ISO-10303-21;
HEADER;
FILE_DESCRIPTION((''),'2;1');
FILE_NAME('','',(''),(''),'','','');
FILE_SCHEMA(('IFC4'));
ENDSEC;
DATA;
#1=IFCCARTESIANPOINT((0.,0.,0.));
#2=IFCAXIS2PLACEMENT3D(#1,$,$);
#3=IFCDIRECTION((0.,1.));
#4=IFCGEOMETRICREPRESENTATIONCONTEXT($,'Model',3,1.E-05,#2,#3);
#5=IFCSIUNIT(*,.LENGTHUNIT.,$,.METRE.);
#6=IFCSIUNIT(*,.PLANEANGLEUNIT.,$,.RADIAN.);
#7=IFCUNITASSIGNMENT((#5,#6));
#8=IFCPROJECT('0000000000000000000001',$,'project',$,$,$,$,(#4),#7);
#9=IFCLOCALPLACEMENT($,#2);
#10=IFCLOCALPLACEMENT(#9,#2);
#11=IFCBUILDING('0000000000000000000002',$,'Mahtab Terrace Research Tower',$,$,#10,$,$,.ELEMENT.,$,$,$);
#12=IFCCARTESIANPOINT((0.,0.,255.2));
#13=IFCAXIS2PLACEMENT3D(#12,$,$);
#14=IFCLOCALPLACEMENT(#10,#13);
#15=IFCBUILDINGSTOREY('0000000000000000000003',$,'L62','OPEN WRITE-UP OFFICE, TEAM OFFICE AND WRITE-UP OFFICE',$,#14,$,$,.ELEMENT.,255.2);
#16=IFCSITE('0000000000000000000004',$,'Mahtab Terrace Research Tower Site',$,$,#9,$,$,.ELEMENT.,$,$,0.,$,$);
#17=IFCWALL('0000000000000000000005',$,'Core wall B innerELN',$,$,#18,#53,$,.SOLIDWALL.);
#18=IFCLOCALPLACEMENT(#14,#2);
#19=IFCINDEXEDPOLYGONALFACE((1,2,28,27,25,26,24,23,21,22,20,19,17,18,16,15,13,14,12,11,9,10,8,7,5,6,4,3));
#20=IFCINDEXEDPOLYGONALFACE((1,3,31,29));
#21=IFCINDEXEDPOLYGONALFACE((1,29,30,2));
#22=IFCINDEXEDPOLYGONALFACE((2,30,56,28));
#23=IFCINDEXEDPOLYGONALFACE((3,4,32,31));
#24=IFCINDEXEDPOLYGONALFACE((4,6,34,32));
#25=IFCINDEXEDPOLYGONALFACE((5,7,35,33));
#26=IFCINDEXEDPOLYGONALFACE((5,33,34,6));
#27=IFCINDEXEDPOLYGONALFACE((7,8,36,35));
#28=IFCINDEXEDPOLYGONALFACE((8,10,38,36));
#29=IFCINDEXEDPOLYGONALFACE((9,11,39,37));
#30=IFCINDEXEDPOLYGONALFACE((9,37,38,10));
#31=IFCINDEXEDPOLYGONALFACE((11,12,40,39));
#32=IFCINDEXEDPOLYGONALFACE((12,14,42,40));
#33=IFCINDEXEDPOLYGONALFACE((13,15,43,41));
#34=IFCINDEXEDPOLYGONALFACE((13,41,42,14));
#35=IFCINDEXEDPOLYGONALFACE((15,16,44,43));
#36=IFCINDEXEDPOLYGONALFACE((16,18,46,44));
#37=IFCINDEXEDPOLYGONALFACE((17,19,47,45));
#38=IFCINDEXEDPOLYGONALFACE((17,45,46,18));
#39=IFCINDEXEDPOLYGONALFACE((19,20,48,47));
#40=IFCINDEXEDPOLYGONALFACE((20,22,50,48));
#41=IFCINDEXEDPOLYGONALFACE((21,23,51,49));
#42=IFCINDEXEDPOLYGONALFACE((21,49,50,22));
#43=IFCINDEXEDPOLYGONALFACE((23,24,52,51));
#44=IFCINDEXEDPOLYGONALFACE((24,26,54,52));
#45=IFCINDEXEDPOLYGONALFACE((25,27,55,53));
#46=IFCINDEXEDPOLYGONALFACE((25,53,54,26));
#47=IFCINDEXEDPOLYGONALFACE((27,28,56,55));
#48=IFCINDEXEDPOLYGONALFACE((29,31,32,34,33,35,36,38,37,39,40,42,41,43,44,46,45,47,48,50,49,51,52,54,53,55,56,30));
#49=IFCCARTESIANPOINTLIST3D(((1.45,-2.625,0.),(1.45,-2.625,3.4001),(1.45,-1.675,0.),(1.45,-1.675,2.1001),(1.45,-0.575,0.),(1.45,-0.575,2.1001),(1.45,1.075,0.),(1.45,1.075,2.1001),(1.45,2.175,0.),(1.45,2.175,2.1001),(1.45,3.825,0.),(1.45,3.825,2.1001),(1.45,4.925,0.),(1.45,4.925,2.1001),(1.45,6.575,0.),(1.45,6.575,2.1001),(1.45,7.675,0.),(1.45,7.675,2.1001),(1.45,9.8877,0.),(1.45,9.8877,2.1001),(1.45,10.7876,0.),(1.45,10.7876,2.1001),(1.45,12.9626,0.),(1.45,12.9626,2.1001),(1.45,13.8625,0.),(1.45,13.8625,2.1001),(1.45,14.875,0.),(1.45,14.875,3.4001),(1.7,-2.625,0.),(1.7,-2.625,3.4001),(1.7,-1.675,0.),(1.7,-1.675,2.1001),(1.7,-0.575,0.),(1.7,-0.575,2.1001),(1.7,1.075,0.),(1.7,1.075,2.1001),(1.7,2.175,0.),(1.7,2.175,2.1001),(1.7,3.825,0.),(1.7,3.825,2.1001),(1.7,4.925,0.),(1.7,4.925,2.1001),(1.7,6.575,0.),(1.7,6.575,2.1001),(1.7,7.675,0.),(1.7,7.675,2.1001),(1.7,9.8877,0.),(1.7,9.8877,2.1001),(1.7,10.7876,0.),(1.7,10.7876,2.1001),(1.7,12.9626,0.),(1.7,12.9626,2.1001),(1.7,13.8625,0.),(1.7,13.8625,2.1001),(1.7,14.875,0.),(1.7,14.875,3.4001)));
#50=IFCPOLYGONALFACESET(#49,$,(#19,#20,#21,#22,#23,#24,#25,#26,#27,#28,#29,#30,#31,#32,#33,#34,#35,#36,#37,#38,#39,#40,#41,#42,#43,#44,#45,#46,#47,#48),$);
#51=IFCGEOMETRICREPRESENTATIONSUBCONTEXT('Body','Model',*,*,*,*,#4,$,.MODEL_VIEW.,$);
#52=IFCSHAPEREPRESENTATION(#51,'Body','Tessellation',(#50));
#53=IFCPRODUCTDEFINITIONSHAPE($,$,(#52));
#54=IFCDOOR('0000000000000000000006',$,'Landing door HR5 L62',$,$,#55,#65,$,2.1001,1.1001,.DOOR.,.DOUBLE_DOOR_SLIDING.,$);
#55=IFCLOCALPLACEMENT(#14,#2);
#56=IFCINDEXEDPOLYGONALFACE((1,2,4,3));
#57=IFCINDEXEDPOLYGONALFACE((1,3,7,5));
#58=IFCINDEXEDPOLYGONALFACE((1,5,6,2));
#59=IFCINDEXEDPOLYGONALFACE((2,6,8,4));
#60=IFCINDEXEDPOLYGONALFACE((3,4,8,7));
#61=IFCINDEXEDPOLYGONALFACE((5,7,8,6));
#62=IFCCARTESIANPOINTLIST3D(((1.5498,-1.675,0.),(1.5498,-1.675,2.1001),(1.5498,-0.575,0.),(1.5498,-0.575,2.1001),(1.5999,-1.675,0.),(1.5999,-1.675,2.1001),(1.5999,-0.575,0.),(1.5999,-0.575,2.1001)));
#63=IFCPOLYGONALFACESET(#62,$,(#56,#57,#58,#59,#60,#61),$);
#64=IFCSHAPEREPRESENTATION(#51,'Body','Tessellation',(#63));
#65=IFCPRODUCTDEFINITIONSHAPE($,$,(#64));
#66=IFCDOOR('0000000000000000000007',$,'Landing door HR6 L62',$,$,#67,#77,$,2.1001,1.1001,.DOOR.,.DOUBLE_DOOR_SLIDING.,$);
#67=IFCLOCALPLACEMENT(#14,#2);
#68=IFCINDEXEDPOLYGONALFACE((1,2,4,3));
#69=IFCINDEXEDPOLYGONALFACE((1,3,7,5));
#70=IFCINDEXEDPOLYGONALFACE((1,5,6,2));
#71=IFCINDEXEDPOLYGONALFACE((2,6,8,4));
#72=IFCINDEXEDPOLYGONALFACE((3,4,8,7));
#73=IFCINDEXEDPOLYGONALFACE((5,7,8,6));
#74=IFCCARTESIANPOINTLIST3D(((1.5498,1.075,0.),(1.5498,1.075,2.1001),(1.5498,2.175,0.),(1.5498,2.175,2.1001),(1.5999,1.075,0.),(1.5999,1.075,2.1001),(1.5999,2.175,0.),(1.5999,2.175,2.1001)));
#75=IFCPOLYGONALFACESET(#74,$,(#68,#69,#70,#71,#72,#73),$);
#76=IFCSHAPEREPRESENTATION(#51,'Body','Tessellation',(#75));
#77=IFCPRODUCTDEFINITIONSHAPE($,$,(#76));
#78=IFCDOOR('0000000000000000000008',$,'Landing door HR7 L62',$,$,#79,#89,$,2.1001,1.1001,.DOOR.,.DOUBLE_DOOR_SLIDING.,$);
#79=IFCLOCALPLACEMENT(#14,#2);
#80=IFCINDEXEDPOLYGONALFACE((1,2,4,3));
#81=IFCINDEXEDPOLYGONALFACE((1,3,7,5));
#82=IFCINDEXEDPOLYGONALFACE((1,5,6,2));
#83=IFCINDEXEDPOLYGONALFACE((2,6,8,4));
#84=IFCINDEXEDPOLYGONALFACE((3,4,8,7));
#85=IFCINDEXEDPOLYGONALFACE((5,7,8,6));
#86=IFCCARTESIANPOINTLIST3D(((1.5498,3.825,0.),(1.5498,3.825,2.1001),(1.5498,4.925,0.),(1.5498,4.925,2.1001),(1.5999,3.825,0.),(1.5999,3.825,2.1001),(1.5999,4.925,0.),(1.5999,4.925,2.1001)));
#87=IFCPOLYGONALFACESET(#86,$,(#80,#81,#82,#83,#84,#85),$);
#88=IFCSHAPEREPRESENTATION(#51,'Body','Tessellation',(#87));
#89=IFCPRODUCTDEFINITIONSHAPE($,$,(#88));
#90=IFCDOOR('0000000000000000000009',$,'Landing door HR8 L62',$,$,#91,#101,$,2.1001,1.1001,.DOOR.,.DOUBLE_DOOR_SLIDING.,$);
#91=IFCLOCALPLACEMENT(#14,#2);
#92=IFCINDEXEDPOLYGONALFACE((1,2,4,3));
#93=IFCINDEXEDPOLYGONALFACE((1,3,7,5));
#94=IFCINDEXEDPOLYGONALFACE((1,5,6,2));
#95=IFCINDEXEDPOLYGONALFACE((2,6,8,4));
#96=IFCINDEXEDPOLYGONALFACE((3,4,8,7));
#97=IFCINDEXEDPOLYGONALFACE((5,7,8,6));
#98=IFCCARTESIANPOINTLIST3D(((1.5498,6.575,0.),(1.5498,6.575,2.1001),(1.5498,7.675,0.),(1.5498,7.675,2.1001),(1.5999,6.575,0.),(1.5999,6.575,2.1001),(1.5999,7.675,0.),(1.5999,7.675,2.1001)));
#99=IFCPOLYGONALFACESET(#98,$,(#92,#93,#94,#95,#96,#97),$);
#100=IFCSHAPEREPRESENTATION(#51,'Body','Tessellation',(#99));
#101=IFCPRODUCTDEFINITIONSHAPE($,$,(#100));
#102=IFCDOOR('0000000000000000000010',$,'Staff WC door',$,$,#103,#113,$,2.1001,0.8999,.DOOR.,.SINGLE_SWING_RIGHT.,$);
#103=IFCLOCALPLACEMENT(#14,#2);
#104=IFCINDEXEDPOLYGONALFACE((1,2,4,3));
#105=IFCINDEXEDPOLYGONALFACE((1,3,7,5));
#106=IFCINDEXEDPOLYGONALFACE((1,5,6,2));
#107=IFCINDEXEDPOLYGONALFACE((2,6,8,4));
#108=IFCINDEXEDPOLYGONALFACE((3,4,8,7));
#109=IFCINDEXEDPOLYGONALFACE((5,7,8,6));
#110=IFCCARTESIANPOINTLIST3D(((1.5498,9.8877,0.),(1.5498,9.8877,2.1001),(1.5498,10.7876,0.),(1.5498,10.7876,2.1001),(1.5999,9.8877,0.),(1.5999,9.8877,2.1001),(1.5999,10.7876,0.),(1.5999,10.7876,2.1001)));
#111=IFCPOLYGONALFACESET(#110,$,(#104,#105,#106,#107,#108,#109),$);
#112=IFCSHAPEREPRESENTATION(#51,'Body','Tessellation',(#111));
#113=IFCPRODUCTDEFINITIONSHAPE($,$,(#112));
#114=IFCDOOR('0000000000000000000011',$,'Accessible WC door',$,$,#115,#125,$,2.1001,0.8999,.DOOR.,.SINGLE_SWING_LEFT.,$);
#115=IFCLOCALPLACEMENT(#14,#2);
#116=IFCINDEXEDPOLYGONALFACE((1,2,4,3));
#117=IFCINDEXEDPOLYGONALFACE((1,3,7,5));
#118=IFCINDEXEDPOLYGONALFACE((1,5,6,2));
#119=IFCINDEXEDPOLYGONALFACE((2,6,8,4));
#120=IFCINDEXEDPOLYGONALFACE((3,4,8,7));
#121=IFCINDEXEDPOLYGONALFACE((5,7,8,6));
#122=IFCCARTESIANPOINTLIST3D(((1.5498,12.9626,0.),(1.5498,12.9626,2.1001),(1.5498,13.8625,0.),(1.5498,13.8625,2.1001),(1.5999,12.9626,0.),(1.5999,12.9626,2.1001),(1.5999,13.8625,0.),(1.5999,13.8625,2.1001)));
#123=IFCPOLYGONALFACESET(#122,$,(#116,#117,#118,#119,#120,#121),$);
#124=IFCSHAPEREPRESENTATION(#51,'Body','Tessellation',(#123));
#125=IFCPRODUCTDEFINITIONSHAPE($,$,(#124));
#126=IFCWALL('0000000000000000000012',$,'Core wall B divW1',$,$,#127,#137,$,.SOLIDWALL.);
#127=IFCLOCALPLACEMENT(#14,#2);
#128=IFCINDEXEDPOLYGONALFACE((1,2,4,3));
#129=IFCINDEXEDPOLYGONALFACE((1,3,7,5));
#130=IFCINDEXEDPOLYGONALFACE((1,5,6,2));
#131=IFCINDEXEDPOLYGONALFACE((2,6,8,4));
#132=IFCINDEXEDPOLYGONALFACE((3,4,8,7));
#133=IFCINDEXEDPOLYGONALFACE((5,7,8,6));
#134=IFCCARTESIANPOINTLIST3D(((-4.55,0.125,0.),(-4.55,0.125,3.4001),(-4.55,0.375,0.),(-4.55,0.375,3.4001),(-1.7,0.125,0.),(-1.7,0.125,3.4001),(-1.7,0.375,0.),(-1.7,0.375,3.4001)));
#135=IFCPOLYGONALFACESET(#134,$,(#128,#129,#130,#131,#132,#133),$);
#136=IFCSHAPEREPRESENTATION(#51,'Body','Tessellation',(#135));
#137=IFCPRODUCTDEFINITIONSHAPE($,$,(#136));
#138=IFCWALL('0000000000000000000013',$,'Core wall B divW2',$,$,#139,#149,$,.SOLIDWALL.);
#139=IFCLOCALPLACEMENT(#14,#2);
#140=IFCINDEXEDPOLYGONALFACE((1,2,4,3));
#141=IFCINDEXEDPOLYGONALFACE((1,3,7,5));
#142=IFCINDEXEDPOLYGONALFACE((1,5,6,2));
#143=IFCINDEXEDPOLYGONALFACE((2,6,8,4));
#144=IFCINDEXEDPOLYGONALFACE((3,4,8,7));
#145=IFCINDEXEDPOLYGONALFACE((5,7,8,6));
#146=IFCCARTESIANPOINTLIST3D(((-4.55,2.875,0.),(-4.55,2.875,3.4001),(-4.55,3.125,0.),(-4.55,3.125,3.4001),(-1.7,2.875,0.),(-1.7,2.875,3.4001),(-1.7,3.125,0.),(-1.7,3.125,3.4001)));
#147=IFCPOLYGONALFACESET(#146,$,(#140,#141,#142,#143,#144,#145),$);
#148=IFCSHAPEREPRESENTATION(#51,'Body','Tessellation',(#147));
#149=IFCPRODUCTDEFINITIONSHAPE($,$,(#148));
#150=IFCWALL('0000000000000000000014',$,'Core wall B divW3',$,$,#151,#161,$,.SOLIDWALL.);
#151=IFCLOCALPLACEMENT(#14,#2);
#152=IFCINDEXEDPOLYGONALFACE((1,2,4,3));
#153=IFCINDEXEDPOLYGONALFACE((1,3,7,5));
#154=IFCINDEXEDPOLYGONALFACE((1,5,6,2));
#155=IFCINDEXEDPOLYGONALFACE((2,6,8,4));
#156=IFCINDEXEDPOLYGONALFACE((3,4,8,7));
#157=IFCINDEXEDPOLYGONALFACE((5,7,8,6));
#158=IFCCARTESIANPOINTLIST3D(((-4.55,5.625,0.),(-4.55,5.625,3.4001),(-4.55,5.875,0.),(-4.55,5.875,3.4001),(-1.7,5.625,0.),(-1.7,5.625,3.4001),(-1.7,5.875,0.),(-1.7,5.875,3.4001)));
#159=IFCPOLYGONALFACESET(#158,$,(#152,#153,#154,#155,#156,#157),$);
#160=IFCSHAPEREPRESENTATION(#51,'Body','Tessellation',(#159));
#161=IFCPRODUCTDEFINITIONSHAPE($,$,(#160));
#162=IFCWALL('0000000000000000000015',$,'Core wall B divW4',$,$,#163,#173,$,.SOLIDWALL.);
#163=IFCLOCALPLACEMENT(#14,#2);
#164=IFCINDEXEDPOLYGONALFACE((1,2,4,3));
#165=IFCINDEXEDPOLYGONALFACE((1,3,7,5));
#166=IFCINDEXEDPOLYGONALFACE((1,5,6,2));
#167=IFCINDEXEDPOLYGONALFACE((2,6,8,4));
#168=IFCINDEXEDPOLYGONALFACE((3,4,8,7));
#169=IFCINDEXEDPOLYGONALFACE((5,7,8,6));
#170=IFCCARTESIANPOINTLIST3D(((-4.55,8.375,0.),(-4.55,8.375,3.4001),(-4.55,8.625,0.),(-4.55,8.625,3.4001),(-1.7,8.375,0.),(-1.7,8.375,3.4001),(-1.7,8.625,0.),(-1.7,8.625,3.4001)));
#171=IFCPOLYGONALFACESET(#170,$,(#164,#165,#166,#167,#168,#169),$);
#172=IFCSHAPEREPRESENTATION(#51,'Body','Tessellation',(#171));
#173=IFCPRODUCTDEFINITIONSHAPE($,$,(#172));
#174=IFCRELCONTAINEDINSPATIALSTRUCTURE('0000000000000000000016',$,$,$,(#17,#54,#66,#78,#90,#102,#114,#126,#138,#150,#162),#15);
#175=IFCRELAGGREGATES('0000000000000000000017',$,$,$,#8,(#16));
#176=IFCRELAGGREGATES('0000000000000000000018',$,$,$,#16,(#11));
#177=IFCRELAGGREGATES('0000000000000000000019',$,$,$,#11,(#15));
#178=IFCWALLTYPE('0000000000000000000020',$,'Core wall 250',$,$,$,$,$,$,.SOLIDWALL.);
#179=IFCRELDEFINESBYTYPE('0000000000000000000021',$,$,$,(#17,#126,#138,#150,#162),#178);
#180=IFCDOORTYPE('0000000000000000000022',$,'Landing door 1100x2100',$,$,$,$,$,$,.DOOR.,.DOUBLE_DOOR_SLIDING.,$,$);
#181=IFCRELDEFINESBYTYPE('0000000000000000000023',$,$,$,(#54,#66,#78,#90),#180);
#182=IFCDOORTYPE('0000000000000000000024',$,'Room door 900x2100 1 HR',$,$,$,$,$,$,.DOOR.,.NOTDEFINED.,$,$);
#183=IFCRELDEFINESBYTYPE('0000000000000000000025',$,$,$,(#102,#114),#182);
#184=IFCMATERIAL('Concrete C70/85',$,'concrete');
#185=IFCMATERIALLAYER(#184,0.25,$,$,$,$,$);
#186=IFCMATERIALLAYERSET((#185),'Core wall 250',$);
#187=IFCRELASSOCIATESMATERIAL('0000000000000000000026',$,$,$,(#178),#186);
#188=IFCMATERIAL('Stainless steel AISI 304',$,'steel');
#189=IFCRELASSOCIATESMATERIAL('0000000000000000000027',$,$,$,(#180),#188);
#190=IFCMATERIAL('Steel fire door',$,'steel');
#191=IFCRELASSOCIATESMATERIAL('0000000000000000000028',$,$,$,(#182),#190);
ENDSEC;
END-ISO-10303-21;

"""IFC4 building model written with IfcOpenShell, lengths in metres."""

from ifc_helpers import new_model, si_unit, direction, frame, frame_2d, origin, place, context, subcontext, project, spatial, rectangle, extrude, material, layer, layer_set, type_object, element, fill, save


model = new_model("IFC4")

# Units and contexts
model_context = context("Model", 3, precision=1e-05, world=origin(), true_north=direction((0.0, 1.0)))
body_context = subcontext(model_context, "Body", "Model", "MODEL_VIEW")
ifc_project = project(units=[si_unit("LENGTHUNIT", "METRE"), si_unit("PLANEANGLEUNIT", "RADIAN")], contexts=[model_context])

# Site, building, storey
site_placement = place(None, origin())
site = spatial("IfcSite", under=ifc_project, at=site_placement, Name="Mahtab Terrace Research Tower Site", CompositionType="ELEMENT", RefElevation=0.0)
building_placement = place(site_placement, origin())
building = spatial("IfcBuilding", under=site, at=building_placement, Name="Mahtab Terrace Research Tower", CompositionType="ELEMENT")
storey_placement = place(building_placement, frame((0.0, 0.0, 255.2)))
storey = spatial("IfcBuildingStorey", under=building, at=storey_placement, Name="L62", Description="OPEN WRITE-UP OFFICE, TEAM OFFICE AND WRITE-UP OFFICE", CompositionType="ELEMENT", Elevation=255.2)

# Shared definitions
ifc_material_1 = material(Name="Concrete C70/85", Category="concrete")

# Shared definitions
ifc_layer_1 = layer(ifc_material_1, 0.25)
ifc_layer_set_1 = layer_set([ifc_layer_1], Name="Core wall 250")
wall_type_1 = type_object("IfcWallType", Name="Core wall 250", PredefinedType="SOLIDWALL", material=ifc_layer_set_1)

# Shared definitions
ifc_material_2 = material(Name="Steel fire door", Category="steel")

# Wall, openings, doors
wall_1_placement = place(storey_placement, frame((1.575, 14.875, 0.0), z_axis=(0.0, 0.0, 1.0), x_axis=(0.0, -1.0, 0.0)))
wall_1 = element("IfcWall", 1, at=wall_1_placement, inside=storey, type_object=wall_type_1, Name="Core wall B innerELN", PredefinedType="SOLIDWALL", context=body_context, shape_type="SweptSolid", body=[
    extrude(rectangle(XDim=17.5, YDim=0.25, at=frame_2d((8.75, 0.0))), origin(), (0.0, 0.0, 1.0), 3.4001),
])
opening_1_placement = place(wall_1_placement, frame((15.45, 0.0, 0.0)))
opening_1 = element("IfcOpeningElement", 2, at=opening_1_placement, cuts=wall_1, PredefinedType="OPENING", context=body_context, shape_type="SweptSolid", body=[
    extrude(rectangle(XDim=1.1001, YDim=2.1001, at=frame_2d((0.55, 1.05))), frame((0.0, 0.135, 0.0), z_axis=(0.0, -1.0, 0.0), x_axis=(1.0, 0.0, 0.0)), (0.0, 0.0, 1.0), 0.27),
])
opening_2_placement = place(wall_1_placement, frame((12.7, 0.0, 0.0)))
opening_2 = element("IfcOpeningElement", 3, at=opening_2_placement, cuts=wall_1, PredefinedType="OPENING", context=body_context, shape_type="SweptSolid", body=[
    extrude(rectangle(XDim=1.1001, YDim=2.1001, at=frame_2d((0.55, 1.05))), frame((0.0, 0.135, 0.0), z_axis=(0.0, -1.0, 0.0), x_axis=(1.0, 0.0, 0.0)), (0.0, 0.0, 1.0), 0.27),
])
opening_3_placement = place(wall_1_placement, frame((9.95, 0.0, 0.0)))
opening_3 = element("IfcOpeningElement", 4, at=opening_3_placement, cuts=wall_1, PredefinedType="OPENING", context=body_context, shape_type="SweptSolid", body=[
    extrude(rectangle(XDim=1.1001, YDim=2.1001, at=frame_2d((0.55, 1.05))), frame((0.0, 0.135, 0.0), z_axis=(0.0, -1.0, 0.0), x_axis=(1.0, 0.0, 0.0)), (0.0, 0.0, 1.0), 0.27),
])
opening_4_placement = place(wall_1_placement, frame((7.2, 0.0, 0.0)))
opening_4 = element("IfcOpeningElement", 5, at=opening_4_placement, cuts=wall_1, PredefinedType="OPENING", context=body_context, shape_type="SweptSolid", body=[
    extrude(rectangle(XDim=1.1001, YDim=2.1001, at=frame_2d((0.55, 1.05))), frame((0.0, 0.135, 0.0), z_axis=(0.0, -1.0, 0.0), x_axis=(1.0, 0.0, 0.0)), (0.0, 0.0, 1.0), 0.27),
])
opening_5_placement = place(wall_1_placement, frame((4.0874, 0.0, 0.0)))
opening_5 = element("IfcOpeningElement", 6, at=opening_5_placement, cuts=wall_1, PredefinedType="OPENING", context=body_context, shape_type="SweptSolid", body=[
    extrude(rectangle(XDim=0.8999, YDim=2.1001, at=frame_2d((0.45, 1.05))), frame((0.0, 0.135, 0.0), z_axis=(0.0, -1.0, 0.0), x_axis=(1.0, 0.0, 0.0)), (0.0, 0.0, 1.0), 0.27),
])
opening_6_placement = place(wall_1_placement, frame((1.0125, 0.0, 0.0)))
opening_6 = element("IfcOpeningElement", 7, at=opening_6_placement, cuts=wall_1, PredefinedType="OPENING", context=body_context, shape_type="SweptSolid", body=[
    extrude(rectangle(XDim=0.8999, YDim=2.1001, at=frame_2d((0.45, 1.05))), frame((0.0, 0.135, 0.0), z_axis=(0.0, -1.0, 0.0), x_axis=(1.0, 0.0, 0.0)), (0.0, 0.0, 1.0), 0.27),
])
ifc_material_3 = material(Name="Stainless steel AISI 304", Category="steel")
door_type_1 = type_object("IfcDoorType", Name="Landing door 1100x2100", OperationType="DOUBLE_DOOR_SLIDING", PredefinedType="DOOR", material=ifc_material_3)
door_1_placement = place(opening_1_placement, origin())
door_1 = element("IfcDoor", 8, at=door_1_placement, inside=storey, type_object=door_type_1, Name="Landing door HR5 L62", OperationType="DOUBLE_DOOR_SLIDING", OverallHeight=2.1001, OverallWidth=1.1001, PredefinedType="DOOR", context=body_context, shape_type="SweptSolid", body=[
    extrude(rectangle(XDim=1.1001, YDim=2.1001, at=frame_2d((0.55, 1.05))), frame((0.0, 0.0249, 0.0), z_axis=(0.0, -1.0, 0.0), x_axis=(1.0, 0.0, 0.0)), (0.0, 0.0, 1.0), 0.05),
])
fill(opening_1, door_1)
door_2_placement = place(opening_2_placement, origin())
door_2 = element("IfcDoor", 9, at=door_2_placement, inside=storey, type_object=door_type_1, Name="Landing door HR6 L62", OperationType="DOUBLE_DOOR_SLIDING", OverallHeight=2.1001, OverallWidth=1.1001, PredefinedType="DOOR", context=body_context, shape_type="SweptSolid", body=[
    extrude(rectangle(XDim=1.1001, YDim=2.1001, at=frame_2d((0.55, 1.05))), frame((0.0, 0.0249, 0.0), z_axis=(0.0, -1.0, 0.0), x_axis=(1.0, 0.0, 0.0)), (0.0, 0.0, 1.0), 0.05),
])
fill(opening_2, door_2)
door_3_placement = place(opening_3_placement, origin())
door_3 = element("IfcDoor", 10, at=door_3_placement, inside=storey, type_object=door_type_1, Name="Landing door HR7 L62", OperationType="DOUBLE_DOOR_SLIDING", OverallHeight=2.1001, OverallWidth=1.1001, PredefinedType="DOOR", context=body_context, shape_type="SweptSolid", body=[
    extrude(rectangle(XDim=1.1001, YDim=2.1001, at=frame_2d((0.55, 1.05))), frame((0.0, 0.0249, 0.0), z_axis=(0.0, -1.0, 0.0), x_axis=(1.0, 0.0, 0.0)), (0.0, 0.0, 1.0), 0.05),
])
fill(opening_3, door_3)
door_4_placement = place(opening_4_placement, origin())
door_4 = element("IfcDoor", 11, at=door_4_placement, inside=storey, type_object=door_type_1, Name="Landing door HR8 L62", OperationType="DOUBLE_DOOR_SLIDING", OverallHeight=2.1001, OverallWidth=1.1001, PredefinedType="DOOR", context=body_context, shape_type="SweptSolid", body=[
    extrude(rectangle(XDim=1.1001, YDim=2.1001, at=frame_2d((0.55, 1.05))), frame((0.0, 0.0249, 0.0), z_axis=(0.0, -1.0, 0.0), x_axis=(1.0, 0.0, 0.0)), (0.0, 0.0, 1.0), 0.05),
])
fill(opening_4, door_4)
door_type_2 = type_object("IfcDoorType", Name="Room door 900x2100 1 HR", OperationType="NOTDEFINED", PredefinedType="DOOR", material=ifc_material_2)
door_5_placement = place(opening_5_placement, origin())
door_5 = element("IfcDoor", 12, at=door_5_placement, inside=storey, type_object=door_type_2, Name="Staff WC door", OperationType="SINGLE_SWING_RIGHT", OverallHeight=2.1001, OverallWidth=0.8999, PredefinedType="DOOR", context=body_context, shape_type="SweptSolid", body=[
    extrude(rectangle(XDim=0.8999, YDim=2.1001, at=frame_2d((0.45, 1.05))), frame((0.0, 0.0249, 0.0), z_axis=(0.0, -1.0, 0.0), x_axis=(1.0, 0.0, 0.0)), (0.0, 0.0, 1.0), 0.05),
])
fill(opening_5, door_5)
door_6_placement = place(opening_6_placement, origin())
door_6 = element("IfcDoor", 13, at=door_6_placement, inside=storey, type_object=door_type_2, Name="Accessible WC door", OperationType="SINGLE_SWING_LEFT", OverallHeight=2.1001, OverallWidth=0.8999, PredefinedType="DOOR", context=body_context, shape_type="SweptSolid", body=[
    extrude(rectangle(XDim=0.8999, YDim=2.1001, at=frame_2d((0.45, 1.05))), frame((0.0, 0.0249, 0.0), z_axis=(0.0, -1.0, 0.0), x_axis=(1.0, 0.0, 0.0)), (0.0, 0.0, 1.0), 0.05),
])
fill(opening_6, door_6)

# Walls
for number, where, z_axis, x_axis, name in (
    (14, (-4.55, 0.25, 0.0), (0.0, 0.0, 1.0), (1.0, 0.0, 0.0), "Core wall B divW1"),
    (15, (-4.55, 3.0, 0.0), (0.0, 0.0, 1.0), (1.0, 0.0, 0.0), "Core wall B divW2"),
    (16, (-4.55, 5.75, 0.0), (0.0, 0.0, 1.0), (1.0, 0.0, 0.0), "Core wall B divW3"),
    (17, (-4.55, 8.5, 0.0), (0.0, 0.0, 1.0), (1.0, 0.0, 0.0), "Core wall B divW4"),
):
    element("IfcWall", number, at=place(storey_placement, frame(where, z_axis=z_axis, x_axis=x_axis)), inside=storey, type_object=wall_type_1, Name=name, PredefinedType="SOLIDWALL", context=body_context, shape_type="SweptSolid", body=[
        extrude(rectangle(XDim=2.8501, YDim=0.25, at=frame_2d((1.425, 0.0))), origin(), (0.0, 0.0, 1.0), 3.4001),
    ])

save(model, "model.ifc")
